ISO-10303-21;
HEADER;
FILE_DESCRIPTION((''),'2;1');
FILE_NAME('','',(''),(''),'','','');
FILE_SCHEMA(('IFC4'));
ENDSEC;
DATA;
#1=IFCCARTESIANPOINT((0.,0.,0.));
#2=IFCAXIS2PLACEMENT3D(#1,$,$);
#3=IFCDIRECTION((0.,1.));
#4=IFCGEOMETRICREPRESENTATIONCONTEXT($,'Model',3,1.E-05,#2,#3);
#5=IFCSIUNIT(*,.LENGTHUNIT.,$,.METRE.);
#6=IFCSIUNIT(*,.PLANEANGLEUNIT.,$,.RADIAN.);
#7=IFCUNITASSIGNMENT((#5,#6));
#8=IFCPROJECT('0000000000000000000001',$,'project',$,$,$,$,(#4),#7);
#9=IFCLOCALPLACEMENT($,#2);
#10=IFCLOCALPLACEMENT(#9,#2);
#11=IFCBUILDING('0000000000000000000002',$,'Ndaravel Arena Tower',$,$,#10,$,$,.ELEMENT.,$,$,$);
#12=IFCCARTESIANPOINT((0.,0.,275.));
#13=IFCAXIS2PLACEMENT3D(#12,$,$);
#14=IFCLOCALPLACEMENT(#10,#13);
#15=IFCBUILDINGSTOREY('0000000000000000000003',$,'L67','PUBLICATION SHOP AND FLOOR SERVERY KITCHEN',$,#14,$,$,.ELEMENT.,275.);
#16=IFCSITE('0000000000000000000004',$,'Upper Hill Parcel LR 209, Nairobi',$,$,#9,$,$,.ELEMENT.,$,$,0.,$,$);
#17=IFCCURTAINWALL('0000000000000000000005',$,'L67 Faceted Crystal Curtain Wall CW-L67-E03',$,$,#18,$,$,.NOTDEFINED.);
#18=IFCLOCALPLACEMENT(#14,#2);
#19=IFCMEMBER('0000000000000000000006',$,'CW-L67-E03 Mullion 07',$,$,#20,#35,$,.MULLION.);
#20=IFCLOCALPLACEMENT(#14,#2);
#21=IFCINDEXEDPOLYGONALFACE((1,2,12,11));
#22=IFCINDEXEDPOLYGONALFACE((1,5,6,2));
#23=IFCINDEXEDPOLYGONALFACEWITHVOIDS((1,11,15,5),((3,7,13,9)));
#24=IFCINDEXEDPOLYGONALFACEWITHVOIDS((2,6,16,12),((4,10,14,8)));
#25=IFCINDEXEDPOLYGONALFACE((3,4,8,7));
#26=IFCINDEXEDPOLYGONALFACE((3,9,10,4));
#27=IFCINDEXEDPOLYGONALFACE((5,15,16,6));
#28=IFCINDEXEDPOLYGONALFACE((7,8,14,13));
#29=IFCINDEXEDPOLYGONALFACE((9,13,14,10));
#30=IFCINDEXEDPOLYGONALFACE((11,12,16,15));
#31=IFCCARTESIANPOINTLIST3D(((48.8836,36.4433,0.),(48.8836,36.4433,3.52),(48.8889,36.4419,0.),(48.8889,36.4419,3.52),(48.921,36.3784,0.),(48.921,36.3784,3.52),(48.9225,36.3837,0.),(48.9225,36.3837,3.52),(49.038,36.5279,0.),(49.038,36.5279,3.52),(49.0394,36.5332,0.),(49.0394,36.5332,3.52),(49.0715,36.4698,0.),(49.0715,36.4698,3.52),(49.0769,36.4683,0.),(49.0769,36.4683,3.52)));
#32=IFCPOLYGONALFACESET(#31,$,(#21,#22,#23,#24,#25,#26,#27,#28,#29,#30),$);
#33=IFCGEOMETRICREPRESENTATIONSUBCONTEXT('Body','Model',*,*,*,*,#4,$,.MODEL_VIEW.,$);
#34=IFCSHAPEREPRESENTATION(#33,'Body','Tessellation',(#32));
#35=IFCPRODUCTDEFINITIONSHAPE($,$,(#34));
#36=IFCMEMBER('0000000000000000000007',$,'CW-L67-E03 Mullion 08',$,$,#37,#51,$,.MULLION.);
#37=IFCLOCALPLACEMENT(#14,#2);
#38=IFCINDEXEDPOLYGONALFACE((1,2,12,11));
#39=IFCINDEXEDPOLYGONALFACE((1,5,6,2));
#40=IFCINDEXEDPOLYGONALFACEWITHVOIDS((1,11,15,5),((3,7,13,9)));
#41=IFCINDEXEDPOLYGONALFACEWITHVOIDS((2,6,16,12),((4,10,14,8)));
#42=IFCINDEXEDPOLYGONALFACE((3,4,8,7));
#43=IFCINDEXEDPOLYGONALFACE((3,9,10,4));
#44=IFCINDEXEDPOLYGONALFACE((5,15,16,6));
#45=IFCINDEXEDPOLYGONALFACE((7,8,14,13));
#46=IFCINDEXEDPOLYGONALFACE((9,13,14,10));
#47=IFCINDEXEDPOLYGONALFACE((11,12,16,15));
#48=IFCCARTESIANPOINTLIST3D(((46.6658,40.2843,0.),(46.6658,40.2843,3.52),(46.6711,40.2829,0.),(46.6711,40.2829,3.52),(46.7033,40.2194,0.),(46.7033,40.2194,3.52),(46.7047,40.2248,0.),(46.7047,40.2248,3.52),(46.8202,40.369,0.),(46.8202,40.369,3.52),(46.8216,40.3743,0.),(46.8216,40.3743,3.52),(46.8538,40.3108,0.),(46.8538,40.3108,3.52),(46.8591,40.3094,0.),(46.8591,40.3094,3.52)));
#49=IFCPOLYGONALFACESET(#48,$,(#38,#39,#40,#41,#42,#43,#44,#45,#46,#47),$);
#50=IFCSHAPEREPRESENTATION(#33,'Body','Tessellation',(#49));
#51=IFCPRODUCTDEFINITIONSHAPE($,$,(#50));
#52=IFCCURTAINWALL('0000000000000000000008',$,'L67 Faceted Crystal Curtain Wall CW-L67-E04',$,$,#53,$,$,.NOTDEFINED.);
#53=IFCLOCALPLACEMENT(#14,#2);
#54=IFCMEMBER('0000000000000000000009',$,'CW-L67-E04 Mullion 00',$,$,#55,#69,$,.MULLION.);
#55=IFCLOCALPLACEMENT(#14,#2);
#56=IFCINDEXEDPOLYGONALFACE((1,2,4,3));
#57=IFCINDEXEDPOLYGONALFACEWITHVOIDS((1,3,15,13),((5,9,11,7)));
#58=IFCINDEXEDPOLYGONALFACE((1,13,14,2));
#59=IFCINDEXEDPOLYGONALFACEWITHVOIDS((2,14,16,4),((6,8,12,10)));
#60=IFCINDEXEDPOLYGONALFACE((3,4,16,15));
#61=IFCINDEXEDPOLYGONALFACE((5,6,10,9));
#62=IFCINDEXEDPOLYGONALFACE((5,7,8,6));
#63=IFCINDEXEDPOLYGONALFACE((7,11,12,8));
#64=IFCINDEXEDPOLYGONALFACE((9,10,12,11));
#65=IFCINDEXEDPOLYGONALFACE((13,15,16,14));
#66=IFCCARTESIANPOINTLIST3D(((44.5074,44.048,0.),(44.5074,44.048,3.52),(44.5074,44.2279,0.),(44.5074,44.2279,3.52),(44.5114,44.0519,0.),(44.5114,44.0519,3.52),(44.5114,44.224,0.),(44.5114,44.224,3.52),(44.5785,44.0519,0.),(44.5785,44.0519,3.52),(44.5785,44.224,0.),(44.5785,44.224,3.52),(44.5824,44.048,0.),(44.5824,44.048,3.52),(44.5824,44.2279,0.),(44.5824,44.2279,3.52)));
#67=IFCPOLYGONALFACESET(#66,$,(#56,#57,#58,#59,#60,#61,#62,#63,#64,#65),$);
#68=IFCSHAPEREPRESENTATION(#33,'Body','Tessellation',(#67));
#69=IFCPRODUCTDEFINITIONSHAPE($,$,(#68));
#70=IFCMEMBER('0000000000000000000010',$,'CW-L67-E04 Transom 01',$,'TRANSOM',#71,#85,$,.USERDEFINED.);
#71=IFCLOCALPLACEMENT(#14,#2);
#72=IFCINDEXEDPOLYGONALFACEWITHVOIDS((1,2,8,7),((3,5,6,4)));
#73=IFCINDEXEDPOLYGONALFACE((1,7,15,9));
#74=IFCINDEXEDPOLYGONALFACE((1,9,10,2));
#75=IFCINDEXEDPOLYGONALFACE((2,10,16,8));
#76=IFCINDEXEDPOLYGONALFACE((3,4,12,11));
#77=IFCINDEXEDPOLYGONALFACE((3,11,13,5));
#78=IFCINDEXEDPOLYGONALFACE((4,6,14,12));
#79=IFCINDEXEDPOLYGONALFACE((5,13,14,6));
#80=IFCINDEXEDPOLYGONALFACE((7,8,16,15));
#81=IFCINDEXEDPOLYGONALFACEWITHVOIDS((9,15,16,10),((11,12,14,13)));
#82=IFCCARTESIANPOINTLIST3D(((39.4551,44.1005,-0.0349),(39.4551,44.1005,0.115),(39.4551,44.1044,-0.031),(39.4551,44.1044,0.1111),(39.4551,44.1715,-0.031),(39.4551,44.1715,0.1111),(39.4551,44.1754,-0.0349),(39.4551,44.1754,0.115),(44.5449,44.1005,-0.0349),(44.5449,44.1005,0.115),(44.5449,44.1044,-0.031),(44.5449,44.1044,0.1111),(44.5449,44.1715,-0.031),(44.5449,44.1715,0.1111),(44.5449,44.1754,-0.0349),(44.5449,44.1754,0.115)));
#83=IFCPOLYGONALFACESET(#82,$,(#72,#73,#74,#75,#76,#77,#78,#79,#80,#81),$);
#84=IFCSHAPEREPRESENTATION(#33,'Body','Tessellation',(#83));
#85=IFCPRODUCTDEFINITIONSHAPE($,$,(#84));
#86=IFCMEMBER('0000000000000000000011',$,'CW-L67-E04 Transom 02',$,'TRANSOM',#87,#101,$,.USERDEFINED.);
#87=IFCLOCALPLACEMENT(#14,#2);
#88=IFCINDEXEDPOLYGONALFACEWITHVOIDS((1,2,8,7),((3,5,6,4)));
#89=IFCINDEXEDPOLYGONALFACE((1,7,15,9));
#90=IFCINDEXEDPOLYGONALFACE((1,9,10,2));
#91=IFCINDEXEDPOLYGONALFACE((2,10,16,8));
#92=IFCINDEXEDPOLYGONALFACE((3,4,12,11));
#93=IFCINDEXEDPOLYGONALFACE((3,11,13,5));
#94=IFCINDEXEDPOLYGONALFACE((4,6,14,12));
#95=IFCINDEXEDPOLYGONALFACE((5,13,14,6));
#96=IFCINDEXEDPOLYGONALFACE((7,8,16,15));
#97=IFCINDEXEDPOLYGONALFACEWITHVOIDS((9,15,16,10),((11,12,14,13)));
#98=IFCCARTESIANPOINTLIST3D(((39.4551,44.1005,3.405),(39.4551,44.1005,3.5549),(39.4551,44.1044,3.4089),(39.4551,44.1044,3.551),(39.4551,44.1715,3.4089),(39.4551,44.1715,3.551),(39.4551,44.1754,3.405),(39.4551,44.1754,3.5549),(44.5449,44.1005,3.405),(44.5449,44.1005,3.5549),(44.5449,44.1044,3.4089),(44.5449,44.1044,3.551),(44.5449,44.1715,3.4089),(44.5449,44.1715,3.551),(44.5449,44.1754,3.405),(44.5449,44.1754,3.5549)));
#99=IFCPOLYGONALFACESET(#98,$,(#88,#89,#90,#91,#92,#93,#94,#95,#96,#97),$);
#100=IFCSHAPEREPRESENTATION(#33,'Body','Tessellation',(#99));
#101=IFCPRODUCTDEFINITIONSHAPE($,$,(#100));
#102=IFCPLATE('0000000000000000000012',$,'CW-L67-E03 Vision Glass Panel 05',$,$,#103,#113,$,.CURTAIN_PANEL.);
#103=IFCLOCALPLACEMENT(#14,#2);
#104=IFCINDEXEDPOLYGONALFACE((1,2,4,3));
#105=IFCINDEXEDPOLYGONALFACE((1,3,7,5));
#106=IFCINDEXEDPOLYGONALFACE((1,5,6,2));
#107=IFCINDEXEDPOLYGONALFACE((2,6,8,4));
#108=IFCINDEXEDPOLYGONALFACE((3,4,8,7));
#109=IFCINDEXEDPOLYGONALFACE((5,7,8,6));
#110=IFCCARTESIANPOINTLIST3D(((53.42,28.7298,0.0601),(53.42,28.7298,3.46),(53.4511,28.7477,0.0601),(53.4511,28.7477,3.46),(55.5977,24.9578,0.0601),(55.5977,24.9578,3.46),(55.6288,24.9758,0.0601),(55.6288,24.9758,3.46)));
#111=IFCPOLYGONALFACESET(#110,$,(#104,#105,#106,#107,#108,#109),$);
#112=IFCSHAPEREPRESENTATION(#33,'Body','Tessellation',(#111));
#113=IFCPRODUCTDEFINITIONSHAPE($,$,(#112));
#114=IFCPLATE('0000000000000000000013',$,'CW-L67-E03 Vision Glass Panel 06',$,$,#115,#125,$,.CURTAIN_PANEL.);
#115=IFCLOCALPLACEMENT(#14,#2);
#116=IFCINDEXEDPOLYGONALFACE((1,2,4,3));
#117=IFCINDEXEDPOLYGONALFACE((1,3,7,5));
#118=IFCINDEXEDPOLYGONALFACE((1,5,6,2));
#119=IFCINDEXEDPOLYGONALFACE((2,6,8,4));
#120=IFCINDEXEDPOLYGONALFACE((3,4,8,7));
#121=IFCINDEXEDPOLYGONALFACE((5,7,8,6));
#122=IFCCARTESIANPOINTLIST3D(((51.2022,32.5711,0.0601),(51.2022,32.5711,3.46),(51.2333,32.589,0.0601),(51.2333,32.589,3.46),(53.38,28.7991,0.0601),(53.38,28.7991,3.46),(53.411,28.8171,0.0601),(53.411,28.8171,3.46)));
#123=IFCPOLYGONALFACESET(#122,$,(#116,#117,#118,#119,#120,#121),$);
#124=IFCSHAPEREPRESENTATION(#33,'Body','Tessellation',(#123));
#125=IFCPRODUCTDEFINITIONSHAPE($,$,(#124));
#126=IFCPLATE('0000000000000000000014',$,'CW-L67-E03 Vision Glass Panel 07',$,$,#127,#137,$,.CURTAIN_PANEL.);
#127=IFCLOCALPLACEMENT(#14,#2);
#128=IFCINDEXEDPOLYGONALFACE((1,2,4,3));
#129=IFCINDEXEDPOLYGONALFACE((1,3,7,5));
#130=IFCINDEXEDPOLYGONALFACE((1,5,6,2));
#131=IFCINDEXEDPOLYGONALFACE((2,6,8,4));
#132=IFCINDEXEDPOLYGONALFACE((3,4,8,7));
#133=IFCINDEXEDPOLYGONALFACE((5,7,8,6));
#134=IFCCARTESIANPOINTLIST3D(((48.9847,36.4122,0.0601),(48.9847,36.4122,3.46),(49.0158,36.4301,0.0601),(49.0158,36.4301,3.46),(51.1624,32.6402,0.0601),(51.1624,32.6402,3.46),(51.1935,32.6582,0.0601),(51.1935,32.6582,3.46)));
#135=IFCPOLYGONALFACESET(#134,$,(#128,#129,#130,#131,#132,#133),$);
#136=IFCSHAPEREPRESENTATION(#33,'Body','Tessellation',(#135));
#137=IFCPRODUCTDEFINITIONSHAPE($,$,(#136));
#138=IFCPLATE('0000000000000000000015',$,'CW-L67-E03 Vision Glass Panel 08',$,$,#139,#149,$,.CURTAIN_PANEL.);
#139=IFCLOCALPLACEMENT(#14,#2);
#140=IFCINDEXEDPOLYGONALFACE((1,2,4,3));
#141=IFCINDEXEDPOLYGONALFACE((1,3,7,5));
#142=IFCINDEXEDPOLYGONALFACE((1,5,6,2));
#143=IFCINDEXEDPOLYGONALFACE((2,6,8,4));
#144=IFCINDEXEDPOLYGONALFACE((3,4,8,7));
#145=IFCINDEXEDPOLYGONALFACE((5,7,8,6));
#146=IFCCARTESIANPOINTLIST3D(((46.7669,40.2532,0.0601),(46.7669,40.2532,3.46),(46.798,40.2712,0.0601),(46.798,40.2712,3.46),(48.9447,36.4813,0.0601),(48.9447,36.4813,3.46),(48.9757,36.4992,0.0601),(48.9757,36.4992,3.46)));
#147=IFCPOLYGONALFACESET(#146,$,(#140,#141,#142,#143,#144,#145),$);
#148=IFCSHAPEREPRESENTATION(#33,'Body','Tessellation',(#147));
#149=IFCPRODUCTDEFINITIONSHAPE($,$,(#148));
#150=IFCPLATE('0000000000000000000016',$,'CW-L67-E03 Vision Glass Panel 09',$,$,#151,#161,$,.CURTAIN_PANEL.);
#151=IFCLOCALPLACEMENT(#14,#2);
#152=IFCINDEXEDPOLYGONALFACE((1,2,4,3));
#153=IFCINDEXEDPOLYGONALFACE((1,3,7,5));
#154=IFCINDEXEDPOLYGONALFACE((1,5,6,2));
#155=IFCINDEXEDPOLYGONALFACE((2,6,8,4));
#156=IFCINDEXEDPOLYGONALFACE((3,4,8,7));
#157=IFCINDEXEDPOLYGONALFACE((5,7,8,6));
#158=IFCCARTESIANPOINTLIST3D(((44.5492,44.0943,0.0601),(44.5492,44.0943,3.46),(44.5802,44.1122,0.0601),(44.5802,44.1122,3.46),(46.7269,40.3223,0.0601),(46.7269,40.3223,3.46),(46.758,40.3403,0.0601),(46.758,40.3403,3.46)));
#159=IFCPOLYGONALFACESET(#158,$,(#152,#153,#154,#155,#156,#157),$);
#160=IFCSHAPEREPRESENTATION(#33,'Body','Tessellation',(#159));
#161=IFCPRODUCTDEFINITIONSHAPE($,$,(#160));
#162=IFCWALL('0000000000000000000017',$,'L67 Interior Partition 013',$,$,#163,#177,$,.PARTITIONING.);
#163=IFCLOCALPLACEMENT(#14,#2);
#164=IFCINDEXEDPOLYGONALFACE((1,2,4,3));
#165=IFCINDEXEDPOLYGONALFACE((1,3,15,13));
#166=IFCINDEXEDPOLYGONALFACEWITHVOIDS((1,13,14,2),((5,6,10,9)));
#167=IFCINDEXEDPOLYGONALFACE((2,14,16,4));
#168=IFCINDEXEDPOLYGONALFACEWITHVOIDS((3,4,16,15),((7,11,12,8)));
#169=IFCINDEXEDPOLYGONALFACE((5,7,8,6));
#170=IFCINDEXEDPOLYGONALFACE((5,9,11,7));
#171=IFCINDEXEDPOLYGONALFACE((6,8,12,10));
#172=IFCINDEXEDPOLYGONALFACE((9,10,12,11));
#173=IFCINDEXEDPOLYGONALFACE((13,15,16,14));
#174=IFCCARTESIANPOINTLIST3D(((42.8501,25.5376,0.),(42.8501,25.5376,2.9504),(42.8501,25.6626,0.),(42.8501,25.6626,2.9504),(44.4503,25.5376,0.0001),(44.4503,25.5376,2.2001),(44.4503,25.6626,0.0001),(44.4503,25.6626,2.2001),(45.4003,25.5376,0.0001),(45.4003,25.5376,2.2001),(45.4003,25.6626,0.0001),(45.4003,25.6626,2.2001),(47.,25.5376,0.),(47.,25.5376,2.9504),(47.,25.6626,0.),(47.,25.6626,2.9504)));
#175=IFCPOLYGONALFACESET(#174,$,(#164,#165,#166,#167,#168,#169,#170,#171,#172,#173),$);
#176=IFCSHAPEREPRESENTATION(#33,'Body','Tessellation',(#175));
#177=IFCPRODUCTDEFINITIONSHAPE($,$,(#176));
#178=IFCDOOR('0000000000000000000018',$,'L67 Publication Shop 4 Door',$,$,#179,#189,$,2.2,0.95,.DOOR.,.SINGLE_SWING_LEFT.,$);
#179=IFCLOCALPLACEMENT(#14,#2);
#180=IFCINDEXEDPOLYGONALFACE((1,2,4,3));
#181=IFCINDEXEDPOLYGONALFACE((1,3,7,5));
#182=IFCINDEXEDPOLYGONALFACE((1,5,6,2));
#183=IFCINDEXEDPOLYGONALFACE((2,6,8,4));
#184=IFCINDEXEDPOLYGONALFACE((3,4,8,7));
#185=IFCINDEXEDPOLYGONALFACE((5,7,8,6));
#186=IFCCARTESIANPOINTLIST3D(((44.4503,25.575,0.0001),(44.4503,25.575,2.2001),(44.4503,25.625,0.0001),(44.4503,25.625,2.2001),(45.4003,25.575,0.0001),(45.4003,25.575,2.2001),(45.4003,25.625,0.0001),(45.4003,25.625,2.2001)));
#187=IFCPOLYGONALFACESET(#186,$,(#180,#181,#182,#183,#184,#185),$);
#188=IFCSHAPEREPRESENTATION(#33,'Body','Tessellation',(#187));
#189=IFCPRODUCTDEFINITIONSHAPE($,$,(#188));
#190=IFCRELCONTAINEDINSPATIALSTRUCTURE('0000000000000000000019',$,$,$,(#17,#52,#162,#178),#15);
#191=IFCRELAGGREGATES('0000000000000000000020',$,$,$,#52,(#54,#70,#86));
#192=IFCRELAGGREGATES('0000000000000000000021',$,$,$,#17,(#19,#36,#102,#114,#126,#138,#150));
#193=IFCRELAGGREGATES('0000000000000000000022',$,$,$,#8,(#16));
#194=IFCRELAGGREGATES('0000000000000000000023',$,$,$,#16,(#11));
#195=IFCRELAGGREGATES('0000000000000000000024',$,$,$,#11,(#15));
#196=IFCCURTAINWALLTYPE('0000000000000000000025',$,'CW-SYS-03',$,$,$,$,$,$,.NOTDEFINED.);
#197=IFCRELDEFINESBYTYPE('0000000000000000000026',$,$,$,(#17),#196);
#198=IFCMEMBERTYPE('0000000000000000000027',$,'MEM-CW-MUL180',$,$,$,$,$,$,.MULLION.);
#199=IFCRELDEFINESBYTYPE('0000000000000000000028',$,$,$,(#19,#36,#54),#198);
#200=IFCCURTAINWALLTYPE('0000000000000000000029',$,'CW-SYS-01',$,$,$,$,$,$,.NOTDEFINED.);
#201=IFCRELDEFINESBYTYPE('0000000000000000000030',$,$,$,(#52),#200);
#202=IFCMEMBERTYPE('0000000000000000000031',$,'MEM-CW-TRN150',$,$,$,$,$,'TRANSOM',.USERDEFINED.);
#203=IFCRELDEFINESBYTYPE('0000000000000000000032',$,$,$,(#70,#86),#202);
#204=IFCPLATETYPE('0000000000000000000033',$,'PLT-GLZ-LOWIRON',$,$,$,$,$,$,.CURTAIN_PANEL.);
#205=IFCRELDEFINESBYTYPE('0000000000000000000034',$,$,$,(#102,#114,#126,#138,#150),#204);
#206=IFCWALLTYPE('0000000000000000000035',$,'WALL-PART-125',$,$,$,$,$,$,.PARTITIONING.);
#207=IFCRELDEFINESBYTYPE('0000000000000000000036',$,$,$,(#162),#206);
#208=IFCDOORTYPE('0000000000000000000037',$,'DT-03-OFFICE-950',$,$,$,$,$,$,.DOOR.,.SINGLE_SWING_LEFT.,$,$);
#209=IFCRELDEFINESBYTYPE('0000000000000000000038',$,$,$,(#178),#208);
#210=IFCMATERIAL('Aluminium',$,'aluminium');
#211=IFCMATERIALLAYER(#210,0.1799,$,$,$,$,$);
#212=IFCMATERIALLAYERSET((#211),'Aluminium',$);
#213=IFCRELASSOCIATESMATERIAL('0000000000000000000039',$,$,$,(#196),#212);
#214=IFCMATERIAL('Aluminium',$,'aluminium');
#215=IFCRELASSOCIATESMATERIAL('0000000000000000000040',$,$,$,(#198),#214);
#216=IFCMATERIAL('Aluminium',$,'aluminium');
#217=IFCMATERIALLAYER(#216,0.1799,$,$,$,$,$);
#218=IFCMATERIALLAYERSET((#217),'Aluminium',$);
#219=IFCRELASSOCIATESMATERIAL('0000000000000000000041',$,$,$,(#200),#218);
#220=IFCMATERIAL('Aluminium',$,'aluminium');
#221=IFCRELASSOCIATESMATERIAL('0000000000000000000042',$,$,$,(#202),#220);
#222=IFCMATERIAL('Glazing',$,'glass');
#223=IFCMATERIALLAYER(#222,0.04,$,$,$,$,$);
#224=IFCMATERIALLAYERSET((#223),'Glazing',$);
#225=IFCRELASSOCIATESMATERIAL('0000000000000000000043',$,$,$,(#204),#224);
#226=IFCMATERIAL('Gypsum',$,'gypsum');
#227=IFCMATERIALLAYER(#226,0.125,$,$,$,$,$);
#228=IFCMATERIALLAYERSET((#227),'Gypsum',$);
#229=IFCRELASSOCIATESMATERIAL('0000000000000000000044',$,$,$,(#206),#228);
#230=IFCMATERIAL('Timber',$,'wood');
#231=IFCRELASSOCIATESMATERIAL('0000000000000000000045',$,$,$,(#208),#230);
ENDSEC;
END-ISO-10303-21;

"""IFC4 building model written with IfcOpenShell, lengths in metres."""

from ifc_helpers import new_model, si_unit, direction, frame, frame_2d, origin, origin_2d, place, context, subcontext, project, spatial, rectangle, hollow_rectangle, extrude, material, layer, layer_set, material_profile, profile_set, type_object, element, fill, aggregate, save


model = new_model("IFC4")

# Units and contexts
model_context = context("Model", 3, precision=1e-05, world=origin(), true_north=direction((0.0, 1.0)))
body_context = subcontext(model_context, "Body", "Model", "MODEL_VIEW")
ifc_project = project(units=[si_unit("LENGTHUNIT", "METRE"), si_unit("PLANEANGLEUNIT", "RADIAN")], contexts=[model_context])

# Site, building, storey
site_placement = place(None, origin())
site = spatial("IfcSite", under=ifc_project, at=site_placement, Name="Upper Hill Parcel LR 209, Nairobi", CompositionType="ELEMENT", RefElevation=0.0)
building_placement = place(site_placement, origin())
building = spatial("IfcBuilding", under=site, at=building_placement, Name="Ndaravel Arena Tower", CompositionType="ELEMENT")
storey_placement = place(building_placement, frame((0.0, 0.0, 275.0)))
storey = spatial("IfcBuildingStorey", under=building, at=storey_placement, Name="L67", Description="PUBLICATION SHOP AND FLOOR SERVERY KITCHEN", CompositionType="ELEMENT", Elevation=275.0)

# Curtain walls, members
ifc_material_1 = material(Name="Aluminium", Category="aluminium")
ifc_layer_1 = layer(ifc_material_1, 0.1799)
ifc_layer_set_1 = layer_set([ifc_layer_1], Name="Aluminium")
curtain_wall_type_1 = type_object("IfcCurtainWallType", Name="CW-SYS-03", PredefinedType="NOTDEFINED", material=ifc_layer_set_1)
curtain_wall_1_placement = place(storey_placement, origin())
curtain_wall_1 = element("IfcCurtainWall", 1, at=curtain_wall_1_placement, inside=storey, type_object=curtain_wall_type_1, Name="L67 Faceted Crystal Curtain Wall CW-L67-E03", PredefinedType="NOTDEFINED")
ifc_material_2 = material(Name="Aluminium", Category="aluminium")
ifc_material_profile_1 = material_profile(ifc_material_2, hollow_rectangle(XDim=0.075, YDim=0.1799, WallThickness=0.0039, at=origin_2d()), Name="CW MULLION 75x180x4")
ifc_profile_set_1 = profile_set([ifc_material_profile_1], Name="Aluminium")
member_type_1 = type_object("IfcMemberType", Name="MEM-CW-MUL180", PredefinedType="MULLION", material=ifc_profile_set_1)
member_1_placement = place(storey_placement, frame((48.9802, 36.4558, 0.0), z_axis=(0.0, 0.0, 1.0), x_axis=(-0.5, 0.866025, 0.0)))
member_1 = element("IfcMember", 2, at=member_1_placement, type_object=member_type_1, Name="CW-L67-E03 Mullion 07", PredefinedType="MULLION", context=body_context, shape_type="SweptSolid", body=[
    extrude(hollow_rectangle(XDim=0.075, YDim=0.1799, WallThickness=0.0039, at=origin_2d()), origin(), (0.0, 0.0, 1.0), 3.52),
])
member_2_placement = place(storey_placement, frame((46.7625, 40.2969, 0.0), z_axis=(0.0, 0.0, 1.0), x_axis=(-0.5, 0.866025, 0.0)))
member_2 = element("IfcMember", 3, at=member_2_placement, type_object=member_type_1, Name="CW-L67-E03 Mullion 08", PredefinedType="MULLION", context=body_context, shape_type="SweptSolid", body=[
    extrude(hollow_rectangle(XDim=0.075, YDim=0.1799, WallThickness=0.0039, at=origin_2d()), origin(), (0.0, 0.0, 1.0), 3.52),
])
ifc_material_3 = material(Name="Aluminium", Category="aluminium")
ifc_layer_2 = layer(ifc_material_3, 0.1799)
ifc_layer_set_2 = layer_set([ifc_layer_2], Name="Aluminium")
curtain_wall_type_2 = type_object("IfcCurtainWallType", Name="CW-SYS-01", PredefinedType="NOTDEFINED", material=ifc_layer_set_2)
curtain_wall_2_placement = place(storey_placement, origin())
curtain_wall_2 = element("IfcCurtainWall", 4, at=curtain_wall_2_placement, inside=storey, type_object=curtain_wall_type_2, Name="L67 Faceted Crystal Curtain Wall CW-L67-E04", PredefinedType="NOTDEFINED")
member_3_placement = place(storey_placement, frame((44.5449, 44.1379, 0.0), z_axis=(0.0, 0.0, 1.0), x_axis=(-1.0, 0.0, 0.0)))
member_3 = element("IfcMember", 5, at=member_3_placement, type_object=member_type_1, Name="CW-L67-E04 Mullion 00", PredefinedType="MULLION", context=body_context, shape_type="SweptSolid", body=[
    extrude(hollow_rectangle(XDim=0.075, YDim=0.1799, WallThickness=0.0039, at=origin_2d()), origin(), (0.0, 0.0, 1.0), 3.52),
])
ifc_material_4 = material(Name="Aluminium", Category="aluminium")
ifc_material_profile_2 = material_profile(ifc_material_4, hollow_rectangle(XDim=0.075, YDim=0.1499, WallThickness=0.0039, at=origin_2d()), Name="CW TRANSOM 75x150x4")
ifc_profile_set_2 = profile_set([ifc_material_profile_2], Name="Aluminium")
member_type_2 = type_object("IfcMemberType", Name="MEM-CW-TRN150", ElementType="TRANSOM", PredefinedType="USERDEFINED", material=ifc_profile_set_2)
member_4_placement = place(storey_placement, frame((44.5449, 44.1379, 0.04), z_axis=(-1.0, 0.0, 0.0), x_axis=(0.0, -1.0, 0.0)))
member_4 = element("IfcMember", 6, at=member_4_placement, type_object=member_type_2, Name="CW-L67-E04 Transom 01", ObjectType="TRANSOM", PredefinedType="USERDEFINED", context=body_context, shape_type="SweptSolid", body=[
    extrude(hollow_rectangle(XDim=0.075, YDim=0.1499, WallThickness=0.0039, at=origin_2d()), origin(), (0.0, 0.0, 1.0), 5.0898),
])
member_5_placement = place(storey_placement, frame((44.5449, 44.1379, 3.48), z_axis=(-1.0, 0.0, 0.0), x_axis=(0.0, -1.0, 0.0)))
member_5 = element("IfcMember", 7, at=member_5_placement, type_object=member_type_2, Name="CW-L67-E04 Transom 02", ObjectType="TRANSOM", PredefinedType="USERDEFINED", context=body_context, shape_type="SweptSolid", body=[
    extrude(hollow_rectangle(XDim=0.075, YDim=0.1499, WallThickness=0.0039, at=origin_2d()), origin(), (0.0, 0.0, 1.0), 5.0898),
])
aggregate(curtain_wall_2, [member_3, member_4, member_5])

# Plates
ifc_material_5 = material(Name="Glazing", Category="glass")
ifc_layer_3 = layer(ifc_material_5, 0.04)
ifc_layer_set_3 = layer_set([ifc_layer_3], Name="Glazing")
plate_type = type_object("IfcPlateType", Name="PLT-GLZ-LOWIRON", PredefinedType="CURTAIN_PANEL", material=ifc_layer_set_3)
plate_1_placement = place(storey_placement, frame((54.5244, 26.8528, 0.0601), z_axis=(0.0, 0.0, 1.0), x_axis=(-0.5, 0.866025, 0.0)))
plate_1 = element("IfcPlate", 8, at=plate_1_placement, type_object=plate_type, Name="CW-L67-E03 Vision Glass Panel 05", PredefinedType="CURTAIN_PANEL", context=body_context, shape_type="SweptSolid", body=[
    extrude(rectangle(XDim=4.3555, YDim=0.0359, at=origin_2d()), origin(), (0.0, 0.0, 1.0), 3.3999),
])
plate_2_placement = place(storey_placement, frame((52.3066, 30.6941, 0.0601), z_axis=(0.0, 0.0, 1.0), x_axis=(-0.5, 0.866025, 0.0)))
plate_2 = element("IfcPlate", 9, at=plate_2_placement, type_object=plate_type, Name="CW-L67-E03 Vision Glass Panel 06", PredefinedType="CURTAIN_PANEL", context=body_context, shape_type="SweptSolid", body=[
    extrude(rectangle(XDim=4.3555, YDim=0.0359, at=origin_2d()), origin(), (0.0, 0.0, 1.0), 3.3999),
])
plate_3_placement = place(storey_placement, frame((50.0891, 34.5352, 0.0601), z_axis=(0.0, 0.0, 1.0), x_axis=(-0.5, 0.866025, 0.0)))
plate_3 = element("IfcPlate", 10, at=plate_3_placement, type_object=plate_type, Name="CW-L67-E03 Vision Glass Panel 07", PredefinedType="CURTAIN_PANEL", context=body_context, shape_type="SweptSolid", body=[
    extrude(rectangle(XDim=4.3555, YDim=0.0359, at=origin_2d()), origin(), (0.0, 0.0, 1.0), 3.3999),
])
plate_4_placement = place(storey_placement, frame((47.8713, 38.3762, 0.0601), z_axis=(0.0, 0.0, 1.0), x_axis=(-0.5, 0.866025, 0.0)))
plate_4 = element("IfcPlate", 11, at=plate_4_placement, type_object=plate_type, Name="CW-L67-E03 Vision Glass Panel 08", PredefinedType="CURTAIN_PANEL", context=body_context, shape_type="SweptSolid", body=[
    extrude(rectangle(XDim=4.3555, YDim=0.0359, at=origin_2d()), origin(), (0.0, 0.0, 1.0), 3.3999),
])
plate_5_placement = place(storey_placement, frame((45.6536, 42.2173, 0.0601), z_axis=(0.0, 0.0, 1.0), x_axis=(-0.5, 0.866025, 0.0)))
plate_5 = element("IfcPlate", 12, at=plate_5_placement, type_object=plate_type, Name="CW-L67-E03 Vision Glass Panel 09", PredefinedType="CURTAIN_PANEL", context=body_context, shape_type="SweptSolid", body=[
    extrude(rectangle(XDim=4.3555, YDim=0.0359, at=origin_2d()), origin(), (0.0, 0.0, 1.0), 3.3999),
])
aggregate(curtain_wall_1, [member_1, member_2, plate_1, plate_2, plate_3, plate_4, plate_5])

# Wall, opening, door
ifc_material_6 = material(Name="Gypsum", Category="gypsum")
ifc_layer_4 = layer(ifc_material_6, 0.125)
ifc_layer_set_4 = layer_set([ifc_layer_4], Name="Gypsum")
wall_type = type_object("IfcWallType", Name="WALL-PART-125", PredefinedType="PARTITIONING", material=ifc_layer_set_4)
wall_1_placement = place(storey_placement, frame((42.8501, 25.6001, 0.0), z_axis=(0.0, 0.0, 1.0), x_axis=(1.0, 0.0, 0.0)))
wall_1 = element("IfcWall", 13, at=wall_1_placement, inside=storey, type_object=wall_type, Name="L67 Interior Partition 013", PredefinedType="PARTITIONING", context=body_context, shape_type="SweptSolid", body=[
    extrude(rectangle(XDim=4.1499, YDim=0.125, at=frame_2d((2.075, 0.0))), origin(), (0.0, 0.0, 1.0), 2.9504),
])
opening_1_placement = place(wall_1_placement, frame((1.6001, 0.0, 0.0)))
opening_1 = element("IfcOpeningElement", 14, at=opening_1_placement, cuts=wall_1, PredefinedType="OPENING", context=body_context, shape_type="SweptSolid", body=[
    extrude(rectangle(XDim=0.95, YDim=2.2, at=frame_2d((0.4751, 1.1001))), frame((0.0, 0.0625, 0.0), z_axis=(0.0, -1.0, 0.0), x_axis=(1.0, 0.0, 0.0)), (0.0, 0.0, 1.0), 0.125),
])
ifc_material_7 = material(Name="Timber", Category="wood")
door_type = type_object("IfcDoorType", Name="DT-03-OFFICE-950", OperationType="SINGLE_SWING_LEFT", PredefinedType="DOOR", material=ifc_material_7)
door_1_placement = place(opening_1_placement, origin())
door_1 = element("IfcDoor", 15, at=door_1_placement, inside=storey, type_object=door_type, Name="L67 Publication Shop 4 Door", OperationType="SINGLE_SWING_LEFT", OverallHeight=2.2, OverallWidth=0.95, PredefinedType="DOOR", context=body_context, shape_type="SweptSolid", body=[
    extrude(rectangle(XDim=0.95, YDim=2.2, at=frame_2d((0.4751, 1.1001))), frame((0.0, 0.0249, 0.0), z_axis=(0.0, -1.0, 0.0), x_axis=(1.0, 0.0, 0.0)), (0.0, 0.0, 1.0), 0.05),
])
fill(opening_1, door_1)

save(model, "model.ifc")
